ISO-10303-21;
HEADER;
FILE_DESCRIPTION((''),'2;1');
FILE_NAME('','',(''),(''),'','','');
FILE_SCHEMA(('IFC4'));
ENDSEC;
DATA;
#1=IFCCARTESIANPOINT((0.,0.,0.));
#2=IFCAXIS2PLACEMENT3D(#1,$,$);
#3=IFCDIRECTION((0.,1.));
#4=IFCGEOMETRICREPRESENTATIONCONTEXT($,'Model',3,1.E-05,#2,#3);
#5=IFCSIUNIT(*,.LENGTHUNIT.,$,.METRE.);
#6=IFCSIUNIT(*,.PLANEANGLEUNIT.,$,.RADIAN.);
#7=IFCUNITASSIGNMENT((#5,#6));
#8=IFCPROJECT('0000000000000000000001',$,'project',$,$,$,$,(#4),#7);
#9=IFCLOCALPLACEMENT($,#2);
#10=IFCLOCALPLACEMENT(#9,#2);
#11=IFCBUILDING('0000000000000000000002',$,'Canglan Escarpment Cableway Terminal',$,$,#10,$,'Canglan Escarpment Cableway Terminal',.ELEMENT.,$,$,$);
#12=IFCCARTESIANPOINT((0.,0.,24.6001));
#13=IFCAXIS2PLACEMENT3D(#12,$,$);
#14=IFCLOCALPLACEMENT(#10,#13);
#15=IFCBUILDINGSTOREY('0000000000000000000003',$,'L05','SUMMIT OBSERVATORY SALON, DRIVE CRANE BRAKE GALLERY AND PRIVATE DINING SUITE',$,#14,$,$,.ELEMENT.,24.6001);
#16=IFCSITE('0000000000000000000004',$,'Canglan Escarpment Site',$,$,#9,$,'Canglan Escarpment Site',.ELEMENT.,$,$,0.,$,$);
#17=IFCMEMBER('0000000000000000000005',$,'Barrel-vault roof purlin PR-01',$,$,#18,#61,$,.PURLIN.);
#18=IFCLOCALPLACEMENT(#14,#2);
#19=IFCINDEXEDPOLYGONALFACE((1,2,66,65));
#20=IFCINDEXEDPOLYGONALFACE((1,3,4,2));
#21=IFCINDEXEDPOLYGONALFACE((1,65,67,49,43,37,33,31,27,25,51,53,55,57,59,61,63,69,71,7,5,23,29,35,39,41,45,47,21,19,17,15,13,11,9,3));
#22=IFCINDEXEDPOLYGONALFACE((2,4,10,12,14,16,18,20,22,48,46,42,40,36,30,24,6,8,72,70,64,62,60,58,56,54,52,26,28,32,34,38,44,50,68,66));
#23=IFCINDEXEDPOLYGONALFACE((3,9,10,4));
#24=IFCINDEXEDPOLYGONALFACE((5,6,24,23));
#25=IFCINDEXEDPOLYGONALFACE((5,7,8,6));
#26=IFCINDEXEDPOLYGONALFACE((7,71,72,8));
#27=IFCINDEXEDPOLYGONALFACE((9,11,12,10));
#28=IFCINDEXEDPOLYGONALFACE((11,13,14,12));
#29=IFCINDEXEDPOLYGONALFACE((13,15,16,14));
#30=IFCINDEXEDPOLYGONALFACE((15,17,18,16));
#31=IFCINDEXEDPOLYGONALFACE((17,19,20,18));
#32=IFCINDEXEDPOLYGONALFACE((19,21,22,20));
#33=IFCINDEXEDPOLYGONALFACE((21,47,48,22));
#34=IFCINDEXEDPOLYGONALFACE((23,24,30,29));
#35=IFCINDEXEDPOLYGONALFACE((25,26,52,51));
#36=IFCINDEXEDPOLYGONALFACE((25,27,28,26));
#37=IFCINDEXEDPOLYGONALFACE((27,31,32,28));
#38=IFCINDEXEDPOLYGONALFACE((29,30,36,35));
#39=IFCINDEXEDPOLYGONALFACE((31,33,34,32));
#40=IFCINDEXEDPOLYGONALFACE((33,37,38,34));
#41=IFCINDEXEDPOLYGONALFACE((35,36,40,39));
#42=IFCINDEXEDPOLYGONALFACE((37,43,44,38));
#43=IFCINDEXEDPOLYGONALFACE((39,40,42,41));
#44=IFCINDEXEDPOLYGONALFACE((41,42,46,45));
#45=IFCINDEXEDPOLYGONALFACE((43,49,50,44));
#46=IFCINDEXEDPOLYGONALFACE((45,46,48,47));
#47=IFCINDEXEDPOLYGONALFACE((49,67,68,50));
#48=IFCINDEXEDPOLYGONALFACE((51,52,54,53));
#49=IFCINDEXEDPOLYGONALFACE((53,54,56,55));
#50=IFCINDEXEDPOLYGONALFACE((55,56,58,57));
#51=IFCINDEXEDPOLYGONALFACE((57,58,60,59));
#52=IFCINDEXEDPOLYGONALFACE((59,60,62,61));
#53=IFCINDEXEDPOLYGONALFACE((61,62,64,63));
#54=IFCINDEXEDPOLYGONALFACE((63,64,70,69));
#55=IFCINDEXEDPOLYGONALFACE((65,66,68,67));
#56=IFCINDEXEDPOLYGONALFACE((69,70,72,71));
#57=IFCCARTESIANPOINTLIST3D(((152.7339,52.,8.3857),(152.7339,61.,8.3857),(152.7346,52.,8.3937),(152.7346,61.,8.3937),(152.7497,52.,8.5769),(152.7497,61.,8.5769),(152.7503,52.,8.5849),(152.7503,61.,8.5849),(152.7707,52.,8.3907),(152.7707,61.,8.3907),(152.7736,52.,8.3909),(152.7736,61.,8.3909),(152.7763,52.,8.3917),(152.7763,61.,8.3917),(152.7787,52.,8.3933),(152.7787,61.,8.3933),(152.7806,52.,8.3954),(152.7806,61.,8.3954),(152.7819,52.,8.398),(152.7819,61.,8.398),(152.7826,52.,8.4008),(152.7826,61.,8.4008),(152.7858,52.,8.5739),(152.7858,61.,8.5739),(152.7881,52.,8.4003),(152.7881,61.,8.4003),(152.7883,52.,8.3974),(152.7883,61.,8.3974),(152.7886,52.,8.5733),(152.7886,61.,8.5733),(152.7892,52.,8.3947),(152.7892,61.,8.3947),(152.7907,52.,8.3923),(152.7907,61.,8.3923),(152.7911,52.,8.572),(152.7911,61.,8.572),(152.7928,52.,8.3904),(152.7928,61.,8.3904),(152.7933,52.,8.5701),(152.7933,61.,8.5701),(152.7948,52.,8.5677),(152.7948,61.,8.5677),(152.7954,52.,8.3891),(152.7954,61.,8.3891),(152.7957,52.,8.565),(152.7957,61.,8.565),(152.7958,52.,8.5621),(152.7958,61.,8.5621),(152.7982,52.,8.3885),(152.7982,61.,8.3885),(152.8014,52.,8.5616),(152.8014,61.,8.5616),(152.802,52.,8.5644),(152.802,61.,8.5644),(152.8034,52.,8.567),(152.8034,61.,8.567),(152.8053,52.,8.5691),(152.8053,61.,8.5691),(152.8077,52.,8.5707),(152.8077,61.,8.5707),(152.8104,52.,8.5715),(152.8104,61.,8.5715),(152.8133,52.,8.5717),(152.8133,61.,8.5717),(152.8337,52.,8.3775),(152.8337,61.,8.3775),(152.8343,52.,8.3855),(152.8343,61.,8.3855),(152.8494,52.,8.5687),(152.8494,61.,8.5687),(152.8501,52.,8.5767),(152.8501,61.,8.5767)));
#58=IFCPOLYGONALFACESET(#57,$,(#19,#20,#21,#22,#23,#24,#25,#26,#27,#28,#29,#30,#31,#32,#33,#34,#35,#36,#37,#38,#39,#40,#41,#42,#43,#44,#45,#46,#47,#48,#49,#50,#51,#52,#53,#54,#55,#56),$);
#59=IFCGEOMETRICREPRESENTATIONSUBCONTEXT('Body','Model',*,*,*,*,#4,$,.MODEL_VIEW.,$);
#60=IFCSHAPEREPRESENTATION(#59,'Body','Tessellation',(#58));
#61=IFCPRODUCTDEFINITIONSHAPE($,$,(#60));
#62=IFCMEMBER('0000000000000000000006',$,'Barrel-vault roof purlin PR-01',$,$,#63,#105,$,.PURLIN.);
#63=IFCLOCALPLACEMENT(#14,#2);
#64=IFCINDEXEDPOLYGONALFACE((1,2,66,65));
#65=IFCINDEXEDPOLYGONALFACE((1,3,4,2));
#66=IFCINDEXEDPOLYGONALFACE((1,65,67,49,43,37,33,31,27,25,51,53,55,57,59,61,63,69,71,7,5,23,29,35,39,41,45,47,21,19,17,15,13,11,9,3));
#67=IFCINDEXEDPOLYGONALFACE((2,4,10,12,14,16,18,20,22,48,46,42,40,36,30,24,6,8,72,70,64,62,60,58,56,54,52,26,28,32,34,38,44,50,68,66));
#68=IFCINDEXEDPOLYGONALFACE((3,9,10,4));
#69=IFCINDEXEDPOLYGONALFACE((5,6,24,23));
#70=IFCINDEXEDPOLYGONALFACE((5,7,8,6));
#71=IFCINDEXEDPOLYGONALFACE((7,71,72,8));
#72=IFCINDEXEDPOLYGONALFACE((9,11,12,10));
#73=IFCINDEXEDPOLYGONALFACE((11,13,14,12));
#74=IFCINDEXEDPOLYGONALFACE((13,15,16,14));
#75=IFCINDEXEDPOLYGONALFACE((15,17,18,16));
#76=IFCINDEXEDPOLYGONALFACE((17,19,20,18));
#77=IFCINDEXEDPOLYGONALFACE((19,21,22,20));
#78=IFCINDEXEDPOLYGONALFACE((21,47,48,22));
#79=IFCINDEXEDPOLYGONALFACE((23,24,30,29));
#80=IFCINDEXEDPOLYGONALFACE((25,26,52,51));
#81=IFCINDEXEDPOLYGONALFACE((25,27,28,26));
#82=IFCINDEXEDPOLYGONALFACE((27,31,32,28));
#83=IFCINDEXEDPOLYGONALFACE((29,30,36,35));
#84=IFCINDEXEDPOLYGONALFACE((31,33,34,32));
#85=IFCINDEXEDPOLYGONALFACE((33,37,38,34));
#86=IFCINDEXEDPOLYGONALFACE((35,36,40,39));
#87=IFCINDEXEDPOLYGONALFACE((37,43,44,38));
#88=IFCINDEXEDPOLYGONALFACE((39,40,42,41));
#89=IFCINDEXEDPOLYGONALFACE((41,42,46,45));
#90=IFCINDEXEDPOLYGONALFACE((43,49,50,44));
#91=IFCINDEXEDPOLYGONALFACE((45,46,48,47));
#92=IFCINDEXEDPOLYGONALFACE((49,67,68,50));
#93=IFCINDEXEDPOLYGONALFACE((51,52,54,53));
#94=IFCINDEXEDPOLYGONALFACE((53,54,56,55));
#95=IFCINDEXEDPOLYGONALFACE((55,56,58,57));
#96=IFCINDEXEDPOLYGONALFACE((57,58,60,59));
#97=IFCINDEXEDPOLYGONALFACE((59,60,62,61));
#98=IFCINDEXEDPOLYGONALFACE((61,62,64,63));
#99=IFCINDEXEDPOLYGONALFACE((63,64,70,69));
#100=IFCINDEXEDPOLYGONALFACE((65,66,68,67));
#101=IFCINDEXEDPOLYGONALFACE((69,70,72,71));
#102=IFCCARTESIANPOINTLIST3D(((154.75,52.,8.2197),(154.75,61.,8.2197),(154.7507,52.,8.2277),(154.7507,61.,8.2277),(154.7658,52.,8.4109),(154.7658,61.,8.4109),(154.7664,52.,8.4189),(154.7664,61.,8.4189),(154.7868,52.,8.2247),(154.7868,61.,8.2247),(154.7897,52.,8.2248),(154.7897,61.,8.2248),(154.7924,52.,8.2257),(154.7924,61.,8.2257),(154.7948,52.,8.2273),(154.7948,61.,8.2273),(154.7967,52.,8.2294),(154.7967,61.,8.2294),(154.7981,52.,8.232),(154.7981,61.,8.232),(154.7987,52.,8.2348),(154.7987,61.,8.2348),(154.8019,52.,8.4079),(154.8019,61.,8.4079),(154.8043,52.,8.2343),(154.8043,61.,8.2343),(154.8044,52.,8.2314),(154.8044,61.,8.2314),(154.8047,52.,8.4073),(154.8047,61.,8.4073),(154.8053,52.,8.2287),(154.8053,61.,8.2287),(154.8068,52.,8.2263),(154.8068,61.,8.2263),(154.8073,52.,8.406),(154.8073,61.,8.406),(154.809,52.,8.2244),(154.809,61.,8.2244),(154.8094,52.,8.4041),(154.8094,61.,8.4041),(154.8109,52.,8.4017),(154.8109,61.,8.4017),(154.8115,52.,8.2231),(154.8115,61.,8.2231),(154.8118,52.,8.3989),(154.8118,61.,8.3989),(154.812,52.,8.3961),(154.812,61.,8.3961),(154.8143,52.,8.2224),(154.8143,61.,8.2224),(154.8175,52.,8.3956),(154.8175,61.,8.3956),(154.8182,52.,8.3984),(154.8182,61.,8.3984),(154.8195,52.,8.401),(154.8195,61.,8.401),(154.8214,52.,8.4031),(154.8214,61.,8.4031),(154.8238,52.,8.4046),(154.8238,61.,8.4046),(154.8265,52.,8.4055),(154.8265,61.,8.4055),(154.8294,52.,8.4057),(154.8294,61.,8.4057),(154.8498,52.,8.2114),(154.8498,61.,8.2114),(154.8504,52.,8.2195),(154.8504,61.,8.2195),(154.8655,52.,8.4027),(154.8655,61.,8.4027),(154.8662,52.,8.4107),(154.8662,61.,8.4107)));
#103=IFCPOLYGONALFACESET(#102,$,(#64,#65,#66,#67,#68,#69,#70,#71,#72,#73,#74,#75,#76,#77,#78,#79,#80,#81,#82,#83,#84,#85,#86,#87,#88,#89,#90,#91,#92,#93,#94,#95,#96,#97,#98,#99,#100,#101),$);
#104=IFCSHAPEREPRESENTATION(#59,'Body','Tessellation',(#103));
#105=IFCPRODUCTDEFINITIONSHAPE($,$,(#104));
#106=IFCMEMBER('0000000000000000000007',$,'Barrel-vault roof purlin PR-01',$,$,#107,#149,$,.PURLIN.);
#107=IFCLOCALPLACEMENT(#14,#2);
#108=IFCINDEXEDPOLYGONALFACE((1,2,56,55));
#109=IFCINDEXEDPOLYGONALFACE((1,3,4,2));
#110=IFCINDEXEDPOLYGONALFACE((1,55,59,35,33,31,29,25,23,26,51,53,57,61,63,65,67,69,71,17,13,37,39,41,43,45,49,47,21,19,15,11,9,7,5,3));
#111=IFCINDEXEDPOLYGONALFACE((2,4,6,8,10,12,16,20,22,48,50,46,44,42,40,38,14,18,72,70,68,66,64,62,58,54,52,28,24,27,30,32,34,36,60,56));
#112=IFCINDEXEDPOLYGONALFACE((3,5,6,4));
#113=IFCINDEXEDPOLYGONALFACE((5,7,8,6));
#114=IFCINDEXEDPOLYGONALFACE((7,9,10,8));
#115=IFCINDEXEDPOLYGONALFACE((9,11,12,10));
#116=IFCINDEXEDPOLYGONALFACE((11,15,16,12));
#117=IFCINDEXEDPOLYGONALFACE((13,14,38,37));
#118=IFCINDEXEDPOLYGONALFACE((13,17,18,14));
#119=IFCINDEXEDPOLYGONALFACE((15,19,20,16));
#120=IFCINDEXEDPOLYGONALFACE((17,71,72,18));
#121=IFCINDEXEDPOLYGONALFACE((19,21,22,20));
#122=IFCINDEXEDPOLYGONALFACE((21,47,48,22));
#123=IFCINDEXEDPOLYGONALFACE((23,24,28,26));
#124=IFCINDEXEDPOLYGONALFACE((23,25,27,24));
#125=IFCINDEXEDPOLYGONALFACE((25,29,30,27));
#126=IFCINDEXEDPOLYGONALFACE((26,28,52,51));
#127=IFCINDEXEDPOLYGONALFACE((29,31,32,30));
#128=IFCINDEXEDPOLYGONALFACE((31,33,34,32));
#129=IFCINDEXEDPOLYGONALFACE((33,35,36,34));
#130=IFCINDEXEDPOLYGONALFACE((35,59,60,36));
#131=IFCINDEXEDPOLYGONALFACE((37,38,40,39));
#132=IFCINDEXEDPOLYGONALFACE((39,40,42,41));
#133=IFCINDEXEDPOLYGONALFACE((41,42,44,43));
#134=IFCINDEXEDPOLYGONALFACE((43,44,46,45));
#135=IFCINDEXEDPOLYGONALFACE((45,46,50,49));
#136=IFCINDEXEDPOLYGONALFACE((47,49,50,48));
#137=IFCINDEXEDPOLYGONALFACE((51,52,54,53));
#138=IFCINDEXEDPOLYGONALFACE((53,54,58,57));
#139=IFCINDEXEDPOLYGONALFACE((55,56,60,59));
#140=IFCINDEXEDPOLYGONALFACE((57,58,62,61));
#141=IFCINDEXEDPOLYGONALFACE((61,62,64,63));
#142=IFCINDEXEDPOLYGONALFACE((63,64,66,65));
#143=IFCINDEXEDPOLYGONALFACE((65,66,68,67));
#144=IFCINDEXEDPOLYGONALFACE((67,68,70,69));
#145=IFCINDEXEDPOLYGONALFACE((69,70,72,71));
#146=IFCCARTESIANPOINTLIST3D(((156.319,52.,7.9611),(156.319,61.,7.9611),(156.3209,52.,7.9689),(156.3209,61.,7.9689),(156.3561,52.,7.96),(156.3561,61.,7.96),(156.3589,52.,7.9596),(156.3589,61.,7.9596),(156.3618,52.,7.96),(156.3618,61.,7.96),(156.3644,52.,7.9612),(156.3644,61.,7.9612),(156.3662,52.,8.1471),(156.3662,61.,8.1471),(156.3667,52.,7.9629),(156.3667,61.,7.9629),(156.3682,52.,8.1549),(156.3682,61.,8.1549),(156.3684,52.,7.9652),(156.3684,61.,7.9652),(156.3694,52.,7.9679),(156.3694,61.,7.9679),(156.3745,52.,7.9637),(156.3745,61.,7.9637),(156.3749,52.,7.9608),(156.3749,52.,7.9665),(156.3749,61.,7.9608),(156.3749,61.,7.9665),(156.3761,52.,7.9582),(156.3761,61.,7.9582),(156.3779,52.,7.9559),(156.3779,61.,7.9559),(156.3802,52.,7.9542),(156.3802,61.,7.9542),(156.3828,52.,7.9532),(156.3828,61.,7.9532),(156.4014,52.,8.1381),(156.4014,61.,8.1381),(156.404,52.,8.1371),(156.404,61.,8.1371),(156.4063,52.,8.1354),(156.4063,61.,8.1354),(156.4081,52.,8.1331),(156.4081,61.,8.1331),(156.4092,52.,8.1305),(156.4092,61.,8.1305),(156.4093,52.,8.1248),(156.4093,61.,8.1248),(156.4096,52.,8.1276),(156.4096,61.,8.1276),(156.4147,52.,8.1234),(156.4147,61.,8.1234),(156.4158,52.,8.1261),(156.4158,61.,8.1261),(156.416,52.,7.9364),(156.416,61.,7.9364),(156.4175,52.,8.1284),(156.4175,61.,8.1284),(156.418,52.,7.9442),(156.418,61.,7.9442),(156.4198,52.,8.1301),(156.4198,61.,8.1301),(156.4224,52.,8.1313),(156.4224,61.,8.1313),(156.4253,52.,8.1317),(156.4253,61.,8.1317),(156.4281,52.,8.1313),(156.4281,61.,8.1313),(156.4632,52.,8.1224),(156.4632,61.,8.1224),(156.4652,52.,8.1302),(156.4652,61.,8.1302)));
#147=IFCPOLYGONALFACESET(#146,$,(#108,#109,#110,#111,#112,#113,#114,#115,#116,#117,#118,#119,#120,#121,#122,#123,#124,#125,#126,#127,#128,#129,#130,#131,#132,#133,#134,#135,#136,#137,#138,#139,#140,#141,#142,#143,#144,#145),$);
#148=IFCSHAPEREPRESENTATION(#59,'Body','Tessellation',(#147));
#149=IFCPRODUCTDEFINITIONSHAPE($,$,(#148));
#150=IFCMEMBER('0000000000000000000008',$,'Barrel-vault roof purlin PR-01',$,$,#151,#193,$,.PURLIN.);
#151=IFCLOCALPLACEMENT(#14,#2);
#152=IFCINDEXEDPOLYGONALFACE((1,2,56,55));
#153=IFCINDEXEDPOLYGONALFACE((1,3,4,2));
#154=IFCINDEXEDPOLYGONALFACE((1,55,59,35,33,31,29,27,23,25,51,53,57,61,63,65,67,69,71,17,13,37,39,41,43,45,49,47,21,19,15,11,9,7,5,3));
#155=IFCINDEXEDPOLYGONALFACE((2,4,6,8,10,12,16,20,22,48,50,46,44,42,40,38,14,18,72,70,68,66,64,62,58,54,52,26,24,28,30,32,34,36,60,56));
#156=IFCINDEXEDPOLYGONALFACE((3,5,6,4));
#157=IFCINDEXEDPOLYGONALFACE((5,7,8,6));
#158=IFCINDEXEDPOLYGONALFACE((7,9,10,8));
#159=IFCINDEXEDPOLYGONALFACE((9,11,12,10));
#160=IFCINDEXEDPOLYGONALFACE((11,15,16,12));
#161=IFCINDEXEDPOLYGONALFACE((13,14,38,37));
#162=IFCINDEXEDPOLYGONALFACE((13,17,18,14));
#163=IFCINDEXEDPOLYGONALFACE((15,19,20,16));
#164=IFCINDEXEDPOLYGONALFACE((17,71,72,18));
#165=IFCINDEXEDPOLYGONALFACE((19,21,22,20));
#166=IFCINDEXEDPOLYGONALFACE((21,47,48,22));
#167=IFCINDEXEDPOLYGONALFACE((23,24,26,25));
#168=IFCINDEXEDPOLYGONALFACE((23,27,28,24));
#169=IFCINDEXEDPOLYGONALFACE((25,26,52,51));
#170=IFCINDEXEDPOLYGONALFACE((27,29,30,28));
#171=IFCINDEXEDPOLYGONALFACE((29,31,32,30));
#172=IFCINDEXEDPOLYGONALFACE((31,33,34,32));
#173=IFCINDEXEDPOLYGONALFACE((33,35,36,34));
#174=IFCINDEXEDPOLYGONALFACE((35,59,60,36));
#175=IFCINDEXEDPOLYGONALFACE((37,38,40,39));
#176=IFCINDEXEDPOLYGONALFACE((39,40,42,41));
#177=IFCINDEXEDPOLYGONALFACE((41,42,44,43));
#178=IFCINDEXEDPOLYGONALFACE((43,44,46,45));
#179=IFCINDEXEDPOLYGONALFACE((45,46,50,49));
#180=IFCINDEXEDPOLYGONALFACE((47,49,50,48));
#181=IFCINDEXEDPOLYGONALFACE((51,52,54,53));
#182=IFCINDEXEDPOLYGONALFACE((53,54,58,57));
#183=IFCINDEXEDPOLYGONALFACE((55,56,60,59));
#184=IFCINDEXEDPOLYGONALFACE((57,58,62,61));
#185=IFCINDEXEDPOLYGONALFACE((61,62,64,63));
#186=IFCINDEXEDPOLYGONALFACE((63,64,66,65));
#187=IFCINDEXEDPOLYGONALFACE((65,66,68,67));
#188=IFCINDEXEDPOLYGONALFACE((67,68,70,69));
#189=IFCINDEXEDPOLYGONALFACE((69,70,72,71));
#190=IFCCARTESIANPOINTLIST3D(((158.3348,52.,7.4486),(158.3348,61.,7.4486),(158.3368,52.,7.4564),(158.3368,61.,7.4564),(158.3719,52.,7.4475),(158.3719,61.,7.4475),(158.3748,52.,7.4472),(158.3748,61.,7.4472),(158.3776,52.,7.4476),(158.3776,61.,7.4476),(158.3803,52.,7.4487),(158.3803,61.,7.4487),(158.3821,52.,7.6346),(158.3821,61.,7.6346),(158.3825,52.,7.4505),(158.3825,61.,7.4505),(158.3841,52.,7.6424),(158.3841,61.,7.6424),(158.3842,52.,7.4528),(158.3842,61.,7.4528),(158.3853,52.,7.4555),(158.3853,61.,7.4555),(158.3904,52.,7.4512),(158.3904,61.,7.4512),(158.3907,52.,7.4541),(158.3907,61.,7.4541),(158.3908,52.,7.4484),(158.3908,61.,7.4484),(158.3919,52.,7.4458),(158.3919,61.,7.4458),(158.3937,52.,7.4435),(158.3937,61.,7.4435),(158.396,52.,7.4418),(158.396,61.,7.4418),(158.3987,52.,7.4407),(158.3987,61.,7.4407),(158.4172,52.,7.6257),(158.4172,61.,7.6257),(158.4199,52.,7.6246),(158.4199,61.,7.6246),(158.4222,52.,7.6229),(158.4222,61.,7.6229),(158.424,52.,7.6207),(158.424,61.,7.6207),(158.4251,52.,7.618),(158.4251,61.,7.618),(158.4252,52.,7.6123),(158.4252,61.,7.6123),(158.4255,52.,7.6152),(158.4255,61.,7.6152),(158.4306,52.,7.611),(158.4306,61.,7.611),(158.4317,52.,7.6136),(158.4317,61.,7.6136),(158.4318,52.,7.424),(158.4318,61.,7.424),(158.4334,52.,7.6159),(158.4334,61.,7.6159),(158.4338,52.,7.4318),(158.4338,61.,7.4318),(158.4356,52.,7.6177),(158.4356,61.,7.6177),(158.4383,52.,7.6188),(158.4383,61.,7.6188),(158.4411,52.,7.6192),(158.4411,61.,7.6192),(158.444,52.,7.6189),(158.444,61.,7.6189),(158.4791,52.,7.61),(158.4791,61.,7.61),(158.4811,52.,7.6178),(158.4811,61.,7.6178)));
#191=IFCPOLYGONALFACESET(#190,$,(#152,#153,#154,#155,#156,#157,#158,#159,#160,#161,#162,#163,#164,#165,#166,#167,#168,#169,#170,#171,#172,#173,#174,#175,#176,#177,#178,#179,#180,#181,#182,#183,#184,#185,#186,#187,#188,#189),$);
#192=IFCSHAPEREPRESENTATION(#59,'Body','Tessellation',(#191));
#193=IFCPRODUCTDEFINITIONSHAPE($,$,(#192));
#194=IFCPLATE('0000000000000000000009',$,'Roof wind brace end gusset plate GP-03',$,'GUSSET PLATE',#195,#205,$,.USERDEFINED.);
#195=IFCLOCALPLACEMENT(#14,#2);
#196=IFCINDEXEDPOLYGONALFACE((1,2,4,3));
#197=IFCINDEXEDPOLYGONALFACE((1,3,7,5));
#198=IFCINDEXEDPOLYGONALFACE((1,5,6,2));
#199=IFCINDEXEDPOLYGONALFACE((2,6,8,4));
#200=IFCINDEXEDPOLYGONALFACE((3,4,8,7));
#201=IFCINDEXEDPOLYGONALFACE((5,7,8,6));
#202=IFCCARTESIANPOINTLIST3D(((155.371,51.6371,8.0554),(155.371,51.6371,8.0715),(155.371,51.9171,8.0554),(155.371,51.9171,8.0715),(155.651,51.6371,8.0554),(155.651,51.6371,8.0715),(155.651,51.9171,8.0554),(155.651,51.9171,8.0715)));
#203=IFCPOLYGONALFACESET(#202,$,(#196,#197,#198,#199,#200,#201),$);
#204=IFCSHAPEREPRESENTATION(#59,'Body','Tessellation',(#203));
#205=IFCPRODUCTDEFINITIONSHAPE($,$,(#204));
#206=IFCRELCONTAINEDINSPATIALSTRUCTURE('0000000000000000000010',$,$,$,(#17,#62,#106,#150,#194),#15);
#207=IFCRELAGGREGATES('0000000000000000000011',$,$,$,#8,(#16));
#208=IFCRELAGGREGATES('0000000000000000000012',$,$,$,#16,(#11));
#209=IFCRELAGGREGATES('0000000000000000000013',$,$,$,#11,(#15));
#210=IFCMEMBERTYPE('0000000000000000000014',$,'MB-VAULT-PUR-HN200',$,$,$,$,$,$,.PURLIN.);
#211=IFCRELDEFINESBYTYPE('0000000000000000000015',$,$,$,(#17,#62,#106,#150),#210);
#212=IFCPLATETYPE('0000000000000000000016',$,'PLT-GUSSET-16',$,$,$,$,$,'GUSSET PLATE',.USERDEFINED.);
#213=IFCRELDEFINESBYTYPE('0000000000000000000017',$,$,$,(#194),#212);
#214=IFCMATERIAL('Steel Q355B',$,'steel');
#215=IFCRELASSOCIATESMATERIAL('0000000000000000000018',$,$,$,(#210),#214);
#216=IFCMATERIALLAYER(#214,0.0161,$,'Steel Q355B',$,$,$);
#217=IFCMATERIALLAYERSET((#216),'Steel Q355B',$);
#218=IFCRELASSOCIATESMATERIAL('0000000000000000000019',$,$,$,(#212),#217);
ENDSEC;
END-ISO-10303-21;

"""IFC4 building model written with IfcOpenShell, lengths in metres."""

from ifc_helpers import new_model, si_unit, direction, frame, origin, origin_2d, place, context, subcontext, project, spatial, rectangle, i_section, extrude, material, layer, layer_set, material_profile, profile_set, type_object, element, save


model = new_model("IFC4")

# Units and contexts
model_context = context("Model", 3, precision=1e-05, world=origin(), true_north=direction((0.0, 1.0)))
body_context = subcontext(model_context, "Body", "Model", "MODEL_VIEW")
ifc_project = project(units=[si_unit("LENGTHUNIT", "METRE"), si_unit("PLANEANGLEUNIT", "RADIAN")], contexts=[model_context])

# Site, building, storey
site_placement = place(None, origin())
site = spatial("IfcSite", under=ifc_project, at=site_placement, Name="Canglan Escarpment Site", LongName="Canglan Escarpment Site", CompositionType="ELEMENT", RefElevation=0.0)
building_placement = place(site_placement, origin())
building = spatial("IfcBuilding", under=site, at=building_placement, Name="Canglan Escarpment Cableway Terminal", LongName="Canglan Escarpment Cableway Terminal", CompositionType="ELEMENT")
storey_placement = place(building_placement, frame((0.0, 0.0, 24.6001)))
storey = spatial("IfcBuildingStorey", under=building, at=storey_placement, Name="L05", Description="SUMMIT OBSERVATORY SALON, DRIVE CRANE BRAKE GALLERY AND PRIVATE DINING SUITE", CompositionType="ELEMENT", Elevation=24.6001)

# Shared definitions
ifc_material_1 = material(Name="Steel Q355B", Category="steel")

# Members
ifc_material_profile_1 = material_profile(ifc_material_1, i_section(OverallWidth=0.1001, OverallDepth=0.2, WebThickness=0.0056, FlangeThickness=0.0081, FilletRadius=0.011, at=origin_2d()), Name="HN 200x100x5.5x8")
ifc_profile_set_1 = profile_set([ifc_material_profile_1], Name="Steel Q355B")
member_type_1 = type_object("IfcMemberType", Name="MB-VAULT-PUR-HN200", PredefinedType="PURLIN", material=ifc_profile_set_1)
for number, where, z_axis, x_axis, name in (
    (1, (152.792, 52.0, 8.4812), (0.0, 1.0, 0.0), (-0.996626, 0.0, 0.082078), "Barrel-vault roof purlin PR-01"),
    (2, (154.8081, 52.0, 8.3152), (0.0, 1.0, 0.0), (-0.996626, 0.0, 0.082078), "Barrel-vault roof purlin PR-01"),
    (3, (156.3921, 52.0, 8.0457), (0.0, 1.0, 0.0), (-0.969184, 0.0, 0.246339), "Barrel-vault roof purlin PR-01"),
    (4, (158.408, 52.0, 7.5332), (0.0, 1.0, 0.0), (-0.969184, 0.0, 0.246339), "Barrel-vault roof purlin PR-01"),
):
    element("IfcMember", number, at=place(storey_placement, frame(where, z_axis=z_axis, x_axis=x_axis)), inside=storey, type_object=member_type_1, Name=name, PredefinedType="PURLIN", context=body_context, shape_type="SweptSolid", body=[
        extrude(i_section(OverallWidth=0.1001, OverallDepth=0.2, WebThickness=0.0056, FlangeThickness=0.0081, FilletRadius=0.011, at=origin_2d()), origin(), (0.0, 0.0, 1.0), 9.0),
    ])

# Plate
ifc_layer_1 = layer(ifc_material_1, 0.0161, Name="Steel Q355B")
ifc_layer_set_1 = layer_set([ifc_layer_1], Name="Steel Q355B")
plate_type_1 = type_object("IfcPlateType", Name="PLT-GUSSET-16", ElementType="GUSSET PLATE", PredefinedType="USERDEFINED", material=ifc_layer_set_1)
for number, where, z_axis, x_axis, name in (
    (5, (155.511, 51.7771, 8.0554), (0.0, 0.0, 1.0), (1.0, 0.0, 0.0), "Roof wind brace end gusset plate GP-03"),
):
    element("IfcPlate", number, at=place(storey_placement, frame(where, z_axis=z_axis, x_axis=x_axis)), inside=storey, type_object=plate_type_1, Name=name, ObjectType="GUSSET PLATE", PredefinedType="USERDEFINED", context=body_context, shape_type="SweptSolid", body=[
        extrude(rectangle(XDim=0.28, YDim=0.28, at=origin_2d()), origin(), (0.0, 0.0, 1.0), 0.0161),
    ])

save(model, "model.ifc")
